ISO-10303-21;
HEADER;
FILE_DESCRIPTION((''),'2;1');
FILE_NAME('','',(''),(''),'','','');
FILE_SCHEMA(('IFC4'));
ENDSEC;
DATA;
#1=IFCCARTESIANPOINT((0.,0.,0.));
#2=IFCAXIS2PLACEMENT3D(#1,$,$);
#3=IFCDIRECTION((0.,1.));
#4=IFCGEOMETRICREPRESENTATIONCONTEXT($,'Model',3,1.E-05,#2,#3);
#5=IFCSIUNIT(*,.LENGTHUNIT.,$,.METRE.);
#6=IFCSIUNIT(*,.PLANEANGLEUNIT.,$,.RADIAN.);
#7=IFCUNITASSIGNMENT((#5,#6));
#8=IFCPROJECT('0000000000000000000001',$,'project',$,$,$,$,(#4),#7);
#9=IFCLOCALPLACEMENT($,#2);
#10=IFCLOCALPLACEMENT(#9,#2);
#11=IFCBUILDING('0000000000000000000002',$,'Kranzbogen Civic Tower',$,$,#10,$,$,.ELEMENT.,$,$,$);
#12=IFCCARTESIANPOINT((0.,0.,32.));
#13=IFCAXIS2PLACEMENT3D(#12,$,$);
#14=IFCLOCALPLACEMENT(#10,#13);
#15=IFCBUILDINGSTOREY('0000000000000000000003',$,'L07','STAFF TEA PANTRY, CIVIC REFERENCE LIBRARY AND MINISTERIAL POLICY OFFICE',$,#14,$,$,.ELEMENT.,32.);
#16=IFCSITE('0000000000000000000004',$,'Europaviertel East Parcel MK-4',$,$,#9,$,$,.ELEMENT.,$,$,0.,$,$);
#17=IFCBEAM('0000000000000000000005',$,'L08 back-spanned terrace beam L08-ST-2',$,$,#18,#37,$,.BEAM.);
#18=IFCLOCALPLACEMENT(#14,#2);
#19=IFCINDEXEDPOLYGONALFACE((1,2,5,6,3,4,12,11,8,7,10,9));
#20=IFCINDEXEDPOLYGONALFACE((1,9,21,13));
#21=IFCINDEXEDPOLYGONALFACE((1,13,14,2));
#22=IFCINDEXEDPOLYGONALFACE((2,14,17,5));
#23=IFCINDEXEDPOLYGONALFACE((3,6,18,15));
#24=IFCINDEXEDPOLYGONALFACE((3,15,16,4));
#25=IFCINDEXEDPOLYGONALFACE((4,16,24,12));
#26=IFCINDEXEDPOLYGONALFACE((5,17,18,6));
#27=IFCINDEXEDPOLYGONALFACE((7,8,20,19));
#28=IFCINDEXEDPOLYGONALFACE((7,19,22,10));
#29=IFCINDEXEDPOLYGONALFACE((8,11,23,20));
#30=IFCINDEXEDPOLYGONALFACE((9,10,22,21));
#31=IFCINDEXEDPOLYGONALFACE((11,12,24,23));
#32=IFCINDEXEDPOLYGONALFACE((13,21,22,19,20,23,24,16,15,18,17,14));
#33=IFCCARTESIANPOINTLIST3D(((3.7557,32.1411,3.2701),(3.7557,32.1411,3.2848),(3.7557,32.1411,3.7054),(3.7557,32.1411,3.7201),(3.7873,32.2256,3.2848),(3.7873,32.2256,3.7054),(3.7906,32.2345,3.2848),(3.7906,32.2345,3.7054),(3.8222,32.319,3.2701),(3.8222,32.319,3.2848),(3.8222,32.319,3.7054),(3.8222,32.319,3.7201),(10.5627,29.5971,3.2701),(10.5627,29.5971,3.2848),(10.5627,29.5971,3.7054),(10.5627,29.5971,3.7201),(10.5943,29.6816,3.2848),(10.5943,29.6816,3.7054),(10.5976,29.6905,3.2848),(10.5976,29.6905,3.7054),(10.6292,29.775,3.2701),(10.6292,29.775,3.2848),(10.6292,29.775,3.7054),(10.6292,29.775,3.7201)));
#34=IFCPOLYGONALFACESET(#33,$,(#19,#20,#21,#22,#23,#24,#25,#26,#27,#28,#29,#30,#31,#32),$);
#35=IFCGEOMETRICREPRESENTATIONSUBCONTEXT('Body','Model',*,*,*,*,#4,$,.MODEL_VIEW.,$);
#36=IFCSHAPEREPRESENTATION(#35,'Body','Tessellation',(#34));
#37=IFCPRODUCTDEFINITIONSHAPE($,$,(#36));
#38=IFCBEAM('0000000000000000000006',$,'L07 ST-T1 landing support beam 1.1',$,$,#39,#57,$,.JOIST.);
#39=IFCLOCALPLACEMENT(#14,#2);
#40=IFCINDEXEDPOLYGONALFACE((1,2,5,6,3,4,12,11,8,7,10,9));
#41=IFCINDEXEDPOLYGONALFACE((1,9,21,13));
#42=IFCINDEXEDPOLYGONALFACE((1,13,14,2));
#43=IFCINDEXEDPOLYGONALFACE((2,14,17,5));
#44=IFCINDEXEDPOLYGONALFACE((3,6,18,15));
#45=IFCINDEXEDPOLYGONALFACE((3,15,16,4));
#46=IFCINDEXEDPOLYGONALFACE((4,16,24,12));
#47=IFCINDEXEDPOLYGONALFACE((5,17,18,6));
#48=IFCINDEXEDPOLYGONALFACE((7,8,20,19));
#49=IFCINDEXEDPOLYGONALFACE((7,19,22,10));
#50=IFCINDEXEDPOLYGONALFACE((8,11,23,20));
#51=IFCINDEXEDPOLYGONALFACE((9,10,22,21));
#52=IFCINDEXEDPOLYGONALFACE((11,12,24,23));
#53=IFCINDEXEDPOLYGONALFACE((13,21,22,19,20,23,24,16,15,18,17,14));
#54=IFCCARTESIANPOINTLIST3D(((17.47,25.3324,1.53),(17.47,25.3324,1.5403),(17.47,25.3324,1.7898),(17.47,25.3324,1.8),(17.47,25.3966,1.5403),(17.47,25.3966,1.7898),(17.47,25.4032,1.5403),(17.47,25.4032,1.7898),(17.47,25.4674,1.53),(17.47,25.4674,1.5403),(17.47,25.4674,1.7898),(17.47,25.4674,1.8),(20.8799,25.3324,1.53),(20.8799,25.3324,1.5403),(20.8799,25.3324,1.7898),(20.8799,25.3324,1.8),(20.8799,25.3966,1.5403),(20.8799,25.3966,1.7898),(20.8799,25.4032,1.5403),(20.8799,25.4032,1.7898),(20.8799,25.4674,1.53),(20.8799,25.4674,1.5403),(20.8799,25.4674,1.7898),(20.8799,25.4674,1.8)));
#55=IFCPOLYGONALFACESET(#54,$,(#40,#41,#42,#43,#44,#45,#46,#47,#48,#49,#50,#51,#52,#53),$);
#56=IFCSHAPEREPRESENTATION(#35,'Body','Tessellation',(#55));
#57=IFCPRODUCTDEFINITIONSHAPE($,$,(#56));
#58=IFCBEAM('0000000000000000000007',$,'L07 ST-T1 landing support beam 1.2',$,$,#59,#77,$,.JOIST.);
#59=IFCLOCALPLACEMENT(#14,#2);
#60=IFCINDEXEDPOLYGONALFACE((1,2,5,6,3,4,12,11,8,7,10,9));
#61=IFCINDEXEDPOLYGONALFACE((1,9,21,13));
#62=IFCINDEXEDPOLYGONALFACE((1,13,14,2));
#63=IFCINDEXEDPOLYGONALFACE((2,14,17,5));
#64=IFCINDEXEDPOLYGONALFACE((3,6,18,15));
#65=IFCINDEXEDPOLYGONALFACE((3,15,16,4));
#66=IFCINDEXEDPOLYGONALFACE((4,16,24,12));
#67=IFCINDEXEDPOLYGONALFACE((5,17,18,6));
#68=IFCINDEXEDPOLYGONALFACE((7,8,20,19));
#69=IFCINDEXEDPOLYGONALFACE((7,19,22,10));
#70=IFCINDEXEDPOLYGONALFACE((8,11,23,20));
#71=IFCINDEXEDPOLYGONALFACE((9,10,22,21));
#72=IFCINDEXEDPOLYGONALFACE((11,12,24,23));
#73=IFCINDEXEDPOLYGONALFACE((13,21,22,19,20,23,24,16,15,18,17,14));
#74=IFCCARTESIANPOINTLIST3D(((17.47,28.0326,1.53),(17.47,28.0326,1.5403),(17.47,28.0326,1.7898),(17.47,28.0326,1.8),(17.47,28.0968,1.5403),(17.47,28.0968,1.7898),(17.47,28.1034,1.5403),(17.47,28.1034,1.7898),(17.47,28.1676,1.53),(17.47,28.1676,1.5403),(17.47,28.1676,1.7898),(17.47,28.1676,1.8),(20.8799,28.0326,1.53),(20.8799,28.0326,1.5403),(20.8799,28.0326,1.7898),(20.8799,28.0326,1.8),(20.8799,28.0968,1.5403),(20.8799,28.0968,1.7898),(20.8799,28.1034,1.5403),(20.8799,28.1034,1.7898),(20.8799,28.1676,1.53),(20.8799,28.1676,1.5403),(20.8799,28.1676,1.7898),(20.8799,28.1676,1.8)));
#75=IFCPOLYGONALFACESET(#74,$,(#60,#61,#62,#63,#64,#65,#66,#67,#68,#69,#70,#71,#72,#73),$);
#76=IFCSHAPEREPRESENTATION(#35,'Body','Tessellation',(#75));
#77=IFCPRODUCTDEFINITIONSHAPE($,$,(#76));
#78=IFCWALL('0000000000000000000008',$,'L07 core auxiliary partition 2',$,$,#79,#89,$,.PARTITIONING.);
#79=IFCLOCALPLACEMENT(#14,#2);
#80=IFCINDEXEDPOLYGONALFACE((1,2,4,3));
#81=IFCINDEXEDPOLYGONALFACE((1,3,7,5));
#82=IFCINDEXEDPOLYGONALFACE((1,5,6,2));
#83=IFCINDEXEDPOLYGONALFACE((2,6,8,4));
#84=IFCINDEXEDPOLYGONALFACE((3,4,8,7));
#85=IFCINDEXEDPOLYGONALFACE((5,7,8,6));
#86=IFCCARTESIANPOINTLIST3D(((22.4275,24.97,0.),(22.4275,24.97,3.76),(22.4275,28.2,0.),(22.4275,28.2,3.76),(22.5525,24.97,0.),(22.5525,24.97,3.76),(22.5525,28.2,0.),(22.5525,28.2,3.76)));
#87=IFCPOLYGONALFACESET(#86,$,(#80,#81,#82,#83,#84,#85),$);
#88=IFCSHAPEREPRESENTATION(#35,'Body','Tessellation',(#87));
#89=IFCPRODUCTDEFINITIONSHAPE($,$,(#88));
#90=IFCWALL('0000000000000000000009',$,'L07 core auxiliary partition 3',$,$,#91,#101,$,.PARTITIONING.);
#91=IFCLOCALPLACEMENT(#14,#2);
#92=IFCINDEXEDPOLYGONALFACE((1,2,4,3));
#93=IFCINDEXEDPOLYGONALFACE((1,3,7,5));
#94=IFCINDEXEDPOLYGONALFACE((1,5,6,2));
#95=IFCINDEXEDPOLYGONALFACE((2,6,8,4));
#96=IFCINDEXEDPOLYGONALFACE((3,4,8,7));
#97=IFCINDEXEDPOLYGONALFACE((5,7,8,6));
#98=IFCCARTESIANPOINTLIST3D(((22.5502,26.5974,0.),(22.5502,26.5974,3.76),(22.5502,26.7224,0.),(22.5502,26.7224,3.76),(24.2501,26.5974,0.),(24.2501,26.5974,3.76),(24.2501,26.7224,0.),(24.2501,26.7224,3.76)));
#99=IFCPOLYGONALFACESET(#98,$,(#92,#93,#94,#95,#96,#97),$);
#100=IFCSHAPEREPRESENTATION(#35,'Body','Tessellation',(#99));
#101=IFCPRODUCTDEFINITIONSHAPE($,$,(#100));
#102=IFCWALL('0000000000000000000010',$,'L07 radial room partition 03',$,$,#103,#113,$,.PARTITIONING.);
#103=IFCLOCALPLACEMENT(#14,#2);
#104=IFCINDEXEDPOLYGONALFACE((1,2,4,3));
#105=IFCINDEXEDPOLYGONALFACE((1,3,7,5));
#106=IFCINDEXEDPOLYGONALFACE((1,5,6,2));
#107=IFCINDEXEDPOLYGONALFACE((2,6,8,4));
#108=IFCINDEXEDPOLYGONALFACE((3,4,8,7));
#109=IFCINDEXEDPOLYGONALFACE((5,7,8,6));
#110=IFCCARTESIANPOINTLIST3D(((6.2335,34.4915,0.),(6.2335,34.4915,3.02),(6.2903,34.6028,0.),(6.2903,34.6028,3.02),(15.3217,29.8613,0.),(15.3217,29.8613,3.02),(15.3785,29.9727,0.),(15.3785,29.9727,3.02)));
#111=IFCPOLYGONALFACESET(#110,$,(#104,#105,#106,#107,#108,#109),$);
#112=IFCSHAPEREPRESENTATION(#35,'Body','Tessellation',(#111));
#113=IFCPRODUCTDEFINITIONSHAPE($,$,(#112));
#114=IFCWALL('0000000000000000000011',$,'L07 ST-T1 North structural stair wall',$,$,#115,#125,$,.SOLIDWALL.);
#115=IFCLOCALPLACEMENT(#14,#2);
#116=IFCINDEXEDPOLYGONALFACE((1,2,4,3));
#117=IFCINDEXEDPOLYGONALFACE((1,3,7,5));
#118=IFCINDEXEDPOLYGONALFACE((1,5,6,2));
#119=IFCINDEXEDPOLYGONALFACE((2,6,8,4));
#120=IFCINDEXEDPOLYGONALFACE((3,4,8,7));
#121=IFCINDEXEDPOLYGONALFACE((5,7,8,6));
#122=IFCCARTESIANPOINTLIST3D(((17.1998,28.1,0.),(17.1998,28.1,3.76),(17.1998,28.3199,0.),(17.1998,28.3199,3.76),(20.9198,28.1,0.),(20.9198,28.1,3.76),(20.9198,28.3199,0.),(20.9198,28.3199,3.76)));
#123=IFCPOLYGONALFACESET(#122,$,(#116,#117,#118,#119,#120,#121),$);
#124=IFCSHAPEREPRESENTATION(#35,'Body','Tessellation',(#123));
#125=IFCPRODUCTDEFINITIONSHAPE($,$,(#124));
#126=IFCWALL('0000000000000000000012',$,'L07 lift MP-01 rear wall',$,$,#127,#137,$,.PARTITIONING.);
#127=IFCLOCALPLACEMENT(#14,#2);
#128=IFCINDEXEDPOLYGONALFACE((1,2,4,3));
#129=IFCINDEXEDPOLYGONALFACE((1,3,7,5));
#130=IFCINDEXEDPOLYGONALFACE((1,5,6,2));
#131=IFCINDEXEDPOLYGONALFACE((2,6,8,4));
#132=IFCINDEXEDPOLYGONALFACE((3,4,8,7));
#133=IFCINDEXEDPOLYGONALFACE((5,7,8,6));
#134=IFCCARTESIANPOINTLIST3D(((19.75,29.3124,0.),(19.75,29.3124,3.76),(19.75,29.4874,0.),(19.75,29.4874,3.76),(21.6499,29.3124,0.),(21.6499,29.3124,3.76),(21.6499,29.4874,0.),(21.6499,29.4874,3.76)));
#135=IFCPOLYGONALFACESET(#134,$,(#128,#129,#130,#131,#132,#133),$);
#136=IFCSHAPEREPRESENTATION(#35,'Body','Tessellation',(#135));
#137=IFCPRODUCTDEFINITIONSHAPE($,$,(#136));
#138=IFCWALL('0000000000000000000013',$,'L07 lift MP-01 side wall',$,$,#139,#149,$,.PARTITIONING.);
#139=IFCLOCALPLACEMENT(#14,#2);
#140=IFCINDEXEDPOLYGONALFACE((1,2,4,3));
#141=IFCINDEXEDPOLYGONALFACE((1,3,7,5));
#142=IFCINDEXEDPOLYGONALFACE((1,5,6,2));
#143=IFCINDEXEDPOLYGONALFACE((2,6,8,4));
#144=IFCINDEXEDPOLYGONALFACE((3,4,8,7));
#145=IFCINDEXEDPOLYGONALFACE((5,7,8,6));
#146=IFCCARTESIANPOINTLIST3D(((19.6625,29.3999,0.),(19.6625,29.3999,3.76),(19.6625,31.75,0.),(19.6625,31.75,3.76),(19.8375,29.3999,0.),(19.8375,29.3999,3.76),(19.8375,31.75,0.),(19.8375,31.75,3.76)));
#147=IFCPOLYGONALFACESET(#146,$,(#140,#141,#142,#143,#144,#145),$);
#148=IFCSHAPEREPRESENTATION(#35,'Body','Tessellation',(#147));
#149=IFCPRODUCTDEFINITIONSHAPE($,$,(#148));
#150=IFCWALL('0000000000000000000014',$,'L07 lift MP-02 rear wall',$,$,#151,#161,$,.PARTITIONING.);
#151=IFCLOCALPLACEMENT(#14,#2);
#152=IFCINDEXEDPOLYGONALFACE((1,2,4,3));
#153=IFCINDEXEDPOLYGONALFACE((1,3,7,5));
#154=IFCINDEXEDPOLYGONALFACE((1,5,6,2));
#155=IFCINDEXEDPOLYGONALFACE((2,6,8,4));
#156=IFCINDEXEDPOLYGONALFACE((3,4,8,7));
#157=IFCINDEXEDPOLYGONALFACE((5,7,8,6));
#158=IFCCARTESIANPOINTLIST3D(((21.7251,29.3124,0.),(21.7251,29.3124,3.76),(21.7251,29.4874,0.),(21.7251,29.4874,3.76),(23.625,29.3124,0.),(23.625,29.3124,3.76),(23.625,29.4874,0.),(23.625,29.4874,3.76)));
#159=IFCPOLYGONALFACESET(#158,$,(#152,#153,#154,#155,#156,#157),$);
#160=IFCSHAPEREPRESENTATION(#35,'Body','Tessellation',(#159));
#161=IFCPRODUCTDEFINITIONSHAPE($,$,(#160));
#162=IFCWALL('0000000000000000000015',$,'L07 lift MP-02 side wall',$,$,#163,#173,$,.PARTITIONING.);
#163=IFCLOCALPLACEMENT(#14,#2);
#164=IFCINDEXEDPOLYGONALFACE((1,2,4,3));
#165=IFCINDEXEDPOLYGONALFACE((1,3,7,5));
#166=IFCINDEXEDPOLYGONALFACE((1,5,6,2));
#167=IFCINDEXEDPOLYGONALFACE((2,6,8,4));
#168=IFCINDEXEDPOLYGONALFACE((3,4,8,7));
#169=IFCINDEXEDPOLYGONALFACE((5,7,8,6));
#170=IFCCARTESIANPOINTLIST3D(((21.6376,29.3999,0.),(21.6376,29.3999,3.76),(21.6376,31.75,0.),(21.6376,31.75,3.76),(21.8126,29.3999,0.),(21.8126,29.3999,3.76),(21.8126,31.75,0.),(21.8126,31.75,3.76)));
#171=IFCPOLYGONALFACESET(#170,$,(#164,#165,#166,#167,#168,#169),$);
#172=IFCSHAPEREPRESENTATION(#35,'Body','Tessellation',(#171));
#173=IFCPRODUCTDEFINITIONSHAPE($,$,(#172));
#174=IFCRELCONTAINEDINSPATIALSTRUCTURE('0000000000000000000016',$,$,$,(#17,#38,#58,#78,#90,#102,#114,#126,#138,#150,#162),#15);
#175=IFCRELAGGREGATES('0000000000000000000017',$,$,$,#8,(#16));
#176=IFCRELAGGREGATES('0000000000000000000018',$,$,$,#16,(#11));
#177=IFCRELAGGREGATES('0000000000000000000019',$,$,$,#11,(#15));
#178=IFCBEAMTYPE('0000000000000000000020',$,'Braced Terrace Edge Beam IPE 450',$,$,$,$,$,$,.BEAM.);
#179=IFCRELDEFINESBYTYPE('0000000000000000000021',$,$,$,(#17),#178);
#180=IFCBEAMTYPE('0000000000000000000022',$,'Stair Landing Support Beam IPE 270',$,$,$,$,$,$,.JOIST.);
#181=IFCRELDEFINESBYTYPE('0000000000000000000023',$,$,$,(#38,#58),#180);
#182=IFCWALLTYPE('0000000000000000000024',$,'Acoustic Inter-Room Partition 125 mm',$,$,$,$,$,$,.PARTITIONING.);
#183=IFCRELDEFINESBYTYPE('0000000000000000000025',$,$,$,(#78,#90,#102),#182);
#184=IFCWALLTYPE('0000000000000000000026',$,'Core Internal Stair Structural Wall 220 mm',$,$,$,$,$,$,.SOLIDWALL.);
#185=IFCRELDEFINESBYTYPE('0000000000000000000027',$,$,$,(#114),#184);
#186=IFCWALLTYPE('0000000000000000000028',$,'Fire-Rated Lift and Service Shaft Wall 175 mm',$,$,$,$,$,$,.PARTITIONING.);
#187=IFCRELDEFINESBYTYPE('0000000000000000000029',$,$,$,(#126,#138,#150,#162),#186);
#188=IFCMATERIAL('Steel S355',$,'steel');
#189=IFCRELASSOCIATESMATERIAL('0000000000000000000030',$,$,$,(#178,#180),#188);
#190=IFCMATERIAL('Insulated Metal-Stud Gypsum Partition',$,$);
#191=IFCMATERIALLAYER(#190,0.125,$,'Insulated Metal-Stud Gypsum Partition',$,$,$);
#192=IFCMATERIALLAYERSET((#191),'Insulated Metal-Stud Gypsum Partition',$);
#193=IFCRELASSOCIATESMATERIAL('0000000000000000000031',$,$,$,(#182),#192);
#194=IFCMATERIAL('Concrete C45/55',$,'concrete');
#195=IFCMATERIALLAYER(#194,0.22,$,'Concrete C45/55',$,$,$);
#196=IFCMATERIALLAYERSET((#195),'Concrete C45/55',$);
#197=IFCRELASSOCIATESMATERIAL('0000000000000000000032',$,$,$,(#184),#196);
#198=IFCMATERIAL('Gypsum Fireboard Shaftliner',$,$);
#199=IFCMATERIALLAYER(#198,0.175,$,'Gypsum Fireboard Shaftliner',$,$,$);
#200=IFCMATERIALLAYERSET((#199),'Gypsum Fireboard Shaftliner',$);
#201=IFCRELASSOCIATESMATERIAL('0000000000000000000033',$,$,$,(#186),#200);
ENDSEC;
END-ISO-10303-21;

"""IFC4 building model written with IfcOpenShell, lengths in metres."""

from ifc_helpers import new_model, si_unit, direction, frame, frame_2d, origin, origin_2d, place, context, subcontext, project, spatial, rectangle, i_section, extrude, material, layer, layer_set, material_profile, profile_set, type_object, element, save


model = new_model("IFC4")

# Units and contexts
model_context = context("Model", 3, precision=1e-05, world=origin(), true_north=direction((0.0, 1.0)))
body_context = subcontext(model_context, "Body", "Model", "MODEL_VIEW")
ifc_project = project(units=[si_unit("LENGTHUNIT", "METRE"), si_unit("PLANEANGLEUNIT", "RADIAN")], contexts=[model_context])

# Site, building, storey
site_placement = place(None, origin())
site = spatial("IfcSite", under=ifc_project, at=site_placement, Name="Europaviertel East Parcel MK-4", CompositionType="ELEMENT", RefElevation=0.0)
building_placement = place(site_placement, origin())
building = spatial("IfcBuilding", under=site, at=building_placement, Name="Kranzbogen Civic Tower", CompositionType="ELEMENT")
storey_placement = place(building_placement, frame((0.0, 0.0, 32.0)))
storey = spatial("IfcBuildingStorey", under=building, at=storey_placement, Name="L07", Description="STAFF TEA PANTRY, CIVIC REFERENCE LIBRARY AND MINISTERIAL POLICY OFFICE", CompositionType="ELEMENT", Elevation=32.0)

# Beams
ifc_material_1 = material(Name="Steel S355", Category="steel")
ifc_material_profile_1 = material_profile(ifc_material_1, i_section(OverallWidth=0.1899, OverallDepth=0.45, WebThickness=0.0095, FlangeThickness=0.0146, at=origin_2d()), Name="IPE 450")
ifc_profile_set_1 = profile_set([ifc_material_profile_1], Name="Steel S355")
beam_type_1 = type_object("IfcBeamType", Name="Braced Terrace Edge Beam IPE 450", PredefinedType="BEAM", material=ifc_profile_set_1)
beam_placement = place(storey_placement, frame((10.5959, 29.686, 3.4951), z_axis=(-0.936719, 0.350081, 0.0), x_axis=(-0.350081, -0.936719, 0.0)))
element("IfcBeam", 1, at=beam_placement, inside=storey, type_object=beam_type_1, Name="L08 back-spanned terrace beam L08-ST-2", PredefinedType="BEAM", context=body_context, shape_type="SweptSolid", body=[
    extrude(i_section(OverallWidth=0.1899, OverallDepth=0.45, WebThickness=0.0095, FlangeThickness=0.0146, at=origin_2d()), origin(), (0.0, 0.0, 1.0), 7.2668),
])
ifc_material_profile_2 = material_profile(ifc_material_1, i_section(OverallWidth=0.135, OverallDepth=0.27, WebThickness=0.0066, FlangeThickness=0.0103, at=origin_2d()), Name="IPE 270")
ifc_profile_set_2 = profile_set([ifc_material_profile_2], Name="Steel S355")
beam_type_2 = type_object("IfcBeamType", Name="Stair Landing Support Beam IPE 270", PredefinedType="JOIST", material=ifc_profile_set_2)
for number, where, z_axis, x_axis, name in (
    (2, (20.8799, 25.3999, 1.665), (-1.0, 0.0, 0.0), (0.0, -1.0, 0.0), "L07 ST-T1 landing support beam 1.1"),
    (3, (20.8799, 28.1001, 1.665), (-1.0, 0.0, 0.0), (0.0, -1.0, 0.0), "L07 ST-T1 landing support beam 1.2"),
):
    element("IfcBeam", number, at=place(storey_placement, frame(where, z_axis=z_axis, x_axis=x_axis)), inside=storey, type_object=beam_type_2, Name=name, PredefinedType="JOIST", context=body_context, shape_type="SweptSolid", body=[
        extrude(i_section(OverallWidth=0.135, OverallDepth=0.27, WebThickness=0.0066, FlangeThickness=0.0103, at=origin_2d()), origin(), (0.0, 0.0, 1.0), 3.4099),
    ])

# Shared definitions
ifc_material_2 = material(Name="Insulated Metal-Stud Gypsum Partition")
ifc_layer_1 = layer(ifc_material_2, 0.125, Name="Insulated Metal-Stud Gypsum Partition")
ifc_layer_set_1 = layer_set([ifc_layer_1], Name="Insulated Metal-Stud Gypsum Partition")
wall_type_1 = type_object("IfcWallType", Name="Acoustic Inter-Room Partition 125 mm", PredefinedType="PARTITIONING", material=ifc_layer_set_1)

# Walls
wall_1_placement = place(storey_placement, frame((22.49, 24.97, 0.0), z_axis=(0.0, 0.0, 1.0), x_axis=(0.0, 1.0, 0.0)))
element("IfcWall", 4, at=wall_1_placement, inside=storey, type_object=wall_type_1, Name="L07 core auxiliary partition 2", PredefinedType="PARTITIONING", context=body_context, shape_type="SweptSolid", body=[
    extrude(rectangle(XDim=3.23, YDim=0.125, at=frame_2d((1.615, 0.0))), origin(), (0.0, 0.0, 1.0), 3.76),
])
wall_2_placement = place(storey_placement, frame((22.55, 26.6599, 0.0), z_axis=(0.0, 0.0, 1.0), x_axis=(1.0, 0.0, 0.0)))
element("IfcWall", 5, at=wall_2_placement, inside=storey, type_object=wall_type_1, Name="L07 core auxiliary partition 3", PredefinedType="PARTITIONING", context=body_context, shape_type="SweptSolid", body=[
    extrude(rectangle(XDim=1.7, YDim=0.125, at=frame_2d((0.8501, 0.0))), origin(), (0.0, 0.0, 1.0), 3.76),
])
wall_3_placement = place(storey_placement, frame((15.3501, 29.917, 0.0), z_axis=(0.0, 0.0, 1.0), x_axis=(-0.891027, 0.453951, 0.0)))
element("IfcWall", 6, at=wall_3_placement, inside=storey, type_object=wall_type_1, Name="L07 radial room partition 03", PredefinedType="PARTITIONING", context=body_context, shape_type="SweptSolid", body=[
    extrude(rectangle(XDim=10.1997, YDim=0.125, at=frame_2d((5.0999, 0.0))), origin(), (0.0, 0.0, 1.0), 3.02),
])
ifc_material_3 = material(Name="Concrete C45/55", Category="concrete")
ifc_layer_2 = layer(ifc_material_3, 0.22, Name="Concrete C45/55")
ifc_layer_set_2 = layer_set([ifc_layer_2], Name="Concrete C45/55")
wall_type_2 = type_object("IfcWallType", Name="Core Internal Stair Structural Wall 220 mm", PredefinedType="SOLIDWALL", material=ifc_layer_set_2)
wall_4_placement = place(storey_placement, frame((17.2, 28.21, 0.0), z_axis=(0.0, 0.0, 1.0), x_axis=(1.0, 0.0, 0.0)))
element("IfcWall", 7, at=wall_4_placement, inside=storey, type_object=wall_type_2, Name="L07 ST-T1 North structural stair wall", PredefinedType="SOLIDWALL", context=body_context, shape_type="SweptSolid", body=[
    extrude(rectangle(XDim=3.72, YDim=0.22, at=frame_2d((1.8599, 0.0))), origin(), (0.0, 0.0, 1.0), 3.76),
])
ifc_material_4 = material(Name="Gypsum Fireboard Shaftliner")
ifc_layer_3 = layer(ifc_material_4, 0.175, Name="Gypsum Fireboard Shaftliner")
ifc_layer_set_3 = layer_set([ifc_layer_3], Name="Gypsum Fireboard Shaftliner")
wall_type_3 = type_object("IfcWallType", Name="Fire-Rated Lift and Service Shaft Wall 175 mm", PredefinedType="PARTITIONING", material=ifc_layer_set_3)
wall_5_placement = place(storey_placement, frame((19.75, 29.3999, 0.0), z_axis=(0.0, 0.0, 1.0), x_axis=(1.0, 0.0, 0.0)))
element("IfcWall", 8, at=wall_5_placement, inside=storey, type_object=wall_type_3, Name="L07 lift MP-01 rear wall", PredefinedType="PARTITIONING", context=body_context, shape_type="SweptSolid", body=[
    extrude(rectangle(XDim=1.8999, YDim=0.175, at=frame_2d((0.95, 0.0))), origin(), (0.0, 0.0, 1.0), 3.76),
])
wall_6_placement = place(storey_placement, frame((19.75, 29.3999, 0.0), z_axis=(0.0, 0.0, 1.0), x_axis=(0.0, 1.0, 0.0)))
element("IfcWall", 9, at=wall_6_placement, inside=storey, type_object=wall_type_3, Name="L07 lift MP-01 side wall", PredefinedType="PARTITIONING", context=body_context, shape_type="SweptSolid", body=[
    extrude(rectangle(XDim=2.3501, YDim=0.175, at=frame_2d((1.175, 0.0))), origin(), (0.0, 0.0, 1.0), 3.76),
])
wall_7_placement = place(storey_placement, frame((21.7251, 29.3999, 0.0), z_axis=(0.0, 0.0, 1.0), x_axis=(1.0, 0.0, 0.0)))
element("IfcWall", 10, at=wall_7_placement, inside=storey, type_object=wall_type_3, Name="L07 lift MP-02 rear wall", PredefinedType="PARTITIONING", context=body_context, shape_type="SweptSolid", body=[
    extrude(rectangle(XDim=1.8999, YDim=0.175, at=frame_2d((0.95, 0.0))), origin(), (0.0, 0.0, 1.0), 3.76),
])
wall_8_placement = place(storey_placement, frame((21.7251, 29.3999, 0.0), z_axis=(0.0, 0.0, 1.0), x_axis=(0.0, 1.0, 0.0)))
element("IfcWall", 11, at=wall_8_placement, inside=storey, type_object=wall_type_3, Name="L07 lift MP-02 side wall", PredefinedType="PARTITIONING", context=body_context, shape_type="SweptSolid", body=[
    extrude(rectangle(XDim=2.3501, YDim=0.175, at=frame_2d((1.175, 0.0))), origin(), (0.0, 0.0, 1.0), 3.76),
])

save(model, "model.ifc")
